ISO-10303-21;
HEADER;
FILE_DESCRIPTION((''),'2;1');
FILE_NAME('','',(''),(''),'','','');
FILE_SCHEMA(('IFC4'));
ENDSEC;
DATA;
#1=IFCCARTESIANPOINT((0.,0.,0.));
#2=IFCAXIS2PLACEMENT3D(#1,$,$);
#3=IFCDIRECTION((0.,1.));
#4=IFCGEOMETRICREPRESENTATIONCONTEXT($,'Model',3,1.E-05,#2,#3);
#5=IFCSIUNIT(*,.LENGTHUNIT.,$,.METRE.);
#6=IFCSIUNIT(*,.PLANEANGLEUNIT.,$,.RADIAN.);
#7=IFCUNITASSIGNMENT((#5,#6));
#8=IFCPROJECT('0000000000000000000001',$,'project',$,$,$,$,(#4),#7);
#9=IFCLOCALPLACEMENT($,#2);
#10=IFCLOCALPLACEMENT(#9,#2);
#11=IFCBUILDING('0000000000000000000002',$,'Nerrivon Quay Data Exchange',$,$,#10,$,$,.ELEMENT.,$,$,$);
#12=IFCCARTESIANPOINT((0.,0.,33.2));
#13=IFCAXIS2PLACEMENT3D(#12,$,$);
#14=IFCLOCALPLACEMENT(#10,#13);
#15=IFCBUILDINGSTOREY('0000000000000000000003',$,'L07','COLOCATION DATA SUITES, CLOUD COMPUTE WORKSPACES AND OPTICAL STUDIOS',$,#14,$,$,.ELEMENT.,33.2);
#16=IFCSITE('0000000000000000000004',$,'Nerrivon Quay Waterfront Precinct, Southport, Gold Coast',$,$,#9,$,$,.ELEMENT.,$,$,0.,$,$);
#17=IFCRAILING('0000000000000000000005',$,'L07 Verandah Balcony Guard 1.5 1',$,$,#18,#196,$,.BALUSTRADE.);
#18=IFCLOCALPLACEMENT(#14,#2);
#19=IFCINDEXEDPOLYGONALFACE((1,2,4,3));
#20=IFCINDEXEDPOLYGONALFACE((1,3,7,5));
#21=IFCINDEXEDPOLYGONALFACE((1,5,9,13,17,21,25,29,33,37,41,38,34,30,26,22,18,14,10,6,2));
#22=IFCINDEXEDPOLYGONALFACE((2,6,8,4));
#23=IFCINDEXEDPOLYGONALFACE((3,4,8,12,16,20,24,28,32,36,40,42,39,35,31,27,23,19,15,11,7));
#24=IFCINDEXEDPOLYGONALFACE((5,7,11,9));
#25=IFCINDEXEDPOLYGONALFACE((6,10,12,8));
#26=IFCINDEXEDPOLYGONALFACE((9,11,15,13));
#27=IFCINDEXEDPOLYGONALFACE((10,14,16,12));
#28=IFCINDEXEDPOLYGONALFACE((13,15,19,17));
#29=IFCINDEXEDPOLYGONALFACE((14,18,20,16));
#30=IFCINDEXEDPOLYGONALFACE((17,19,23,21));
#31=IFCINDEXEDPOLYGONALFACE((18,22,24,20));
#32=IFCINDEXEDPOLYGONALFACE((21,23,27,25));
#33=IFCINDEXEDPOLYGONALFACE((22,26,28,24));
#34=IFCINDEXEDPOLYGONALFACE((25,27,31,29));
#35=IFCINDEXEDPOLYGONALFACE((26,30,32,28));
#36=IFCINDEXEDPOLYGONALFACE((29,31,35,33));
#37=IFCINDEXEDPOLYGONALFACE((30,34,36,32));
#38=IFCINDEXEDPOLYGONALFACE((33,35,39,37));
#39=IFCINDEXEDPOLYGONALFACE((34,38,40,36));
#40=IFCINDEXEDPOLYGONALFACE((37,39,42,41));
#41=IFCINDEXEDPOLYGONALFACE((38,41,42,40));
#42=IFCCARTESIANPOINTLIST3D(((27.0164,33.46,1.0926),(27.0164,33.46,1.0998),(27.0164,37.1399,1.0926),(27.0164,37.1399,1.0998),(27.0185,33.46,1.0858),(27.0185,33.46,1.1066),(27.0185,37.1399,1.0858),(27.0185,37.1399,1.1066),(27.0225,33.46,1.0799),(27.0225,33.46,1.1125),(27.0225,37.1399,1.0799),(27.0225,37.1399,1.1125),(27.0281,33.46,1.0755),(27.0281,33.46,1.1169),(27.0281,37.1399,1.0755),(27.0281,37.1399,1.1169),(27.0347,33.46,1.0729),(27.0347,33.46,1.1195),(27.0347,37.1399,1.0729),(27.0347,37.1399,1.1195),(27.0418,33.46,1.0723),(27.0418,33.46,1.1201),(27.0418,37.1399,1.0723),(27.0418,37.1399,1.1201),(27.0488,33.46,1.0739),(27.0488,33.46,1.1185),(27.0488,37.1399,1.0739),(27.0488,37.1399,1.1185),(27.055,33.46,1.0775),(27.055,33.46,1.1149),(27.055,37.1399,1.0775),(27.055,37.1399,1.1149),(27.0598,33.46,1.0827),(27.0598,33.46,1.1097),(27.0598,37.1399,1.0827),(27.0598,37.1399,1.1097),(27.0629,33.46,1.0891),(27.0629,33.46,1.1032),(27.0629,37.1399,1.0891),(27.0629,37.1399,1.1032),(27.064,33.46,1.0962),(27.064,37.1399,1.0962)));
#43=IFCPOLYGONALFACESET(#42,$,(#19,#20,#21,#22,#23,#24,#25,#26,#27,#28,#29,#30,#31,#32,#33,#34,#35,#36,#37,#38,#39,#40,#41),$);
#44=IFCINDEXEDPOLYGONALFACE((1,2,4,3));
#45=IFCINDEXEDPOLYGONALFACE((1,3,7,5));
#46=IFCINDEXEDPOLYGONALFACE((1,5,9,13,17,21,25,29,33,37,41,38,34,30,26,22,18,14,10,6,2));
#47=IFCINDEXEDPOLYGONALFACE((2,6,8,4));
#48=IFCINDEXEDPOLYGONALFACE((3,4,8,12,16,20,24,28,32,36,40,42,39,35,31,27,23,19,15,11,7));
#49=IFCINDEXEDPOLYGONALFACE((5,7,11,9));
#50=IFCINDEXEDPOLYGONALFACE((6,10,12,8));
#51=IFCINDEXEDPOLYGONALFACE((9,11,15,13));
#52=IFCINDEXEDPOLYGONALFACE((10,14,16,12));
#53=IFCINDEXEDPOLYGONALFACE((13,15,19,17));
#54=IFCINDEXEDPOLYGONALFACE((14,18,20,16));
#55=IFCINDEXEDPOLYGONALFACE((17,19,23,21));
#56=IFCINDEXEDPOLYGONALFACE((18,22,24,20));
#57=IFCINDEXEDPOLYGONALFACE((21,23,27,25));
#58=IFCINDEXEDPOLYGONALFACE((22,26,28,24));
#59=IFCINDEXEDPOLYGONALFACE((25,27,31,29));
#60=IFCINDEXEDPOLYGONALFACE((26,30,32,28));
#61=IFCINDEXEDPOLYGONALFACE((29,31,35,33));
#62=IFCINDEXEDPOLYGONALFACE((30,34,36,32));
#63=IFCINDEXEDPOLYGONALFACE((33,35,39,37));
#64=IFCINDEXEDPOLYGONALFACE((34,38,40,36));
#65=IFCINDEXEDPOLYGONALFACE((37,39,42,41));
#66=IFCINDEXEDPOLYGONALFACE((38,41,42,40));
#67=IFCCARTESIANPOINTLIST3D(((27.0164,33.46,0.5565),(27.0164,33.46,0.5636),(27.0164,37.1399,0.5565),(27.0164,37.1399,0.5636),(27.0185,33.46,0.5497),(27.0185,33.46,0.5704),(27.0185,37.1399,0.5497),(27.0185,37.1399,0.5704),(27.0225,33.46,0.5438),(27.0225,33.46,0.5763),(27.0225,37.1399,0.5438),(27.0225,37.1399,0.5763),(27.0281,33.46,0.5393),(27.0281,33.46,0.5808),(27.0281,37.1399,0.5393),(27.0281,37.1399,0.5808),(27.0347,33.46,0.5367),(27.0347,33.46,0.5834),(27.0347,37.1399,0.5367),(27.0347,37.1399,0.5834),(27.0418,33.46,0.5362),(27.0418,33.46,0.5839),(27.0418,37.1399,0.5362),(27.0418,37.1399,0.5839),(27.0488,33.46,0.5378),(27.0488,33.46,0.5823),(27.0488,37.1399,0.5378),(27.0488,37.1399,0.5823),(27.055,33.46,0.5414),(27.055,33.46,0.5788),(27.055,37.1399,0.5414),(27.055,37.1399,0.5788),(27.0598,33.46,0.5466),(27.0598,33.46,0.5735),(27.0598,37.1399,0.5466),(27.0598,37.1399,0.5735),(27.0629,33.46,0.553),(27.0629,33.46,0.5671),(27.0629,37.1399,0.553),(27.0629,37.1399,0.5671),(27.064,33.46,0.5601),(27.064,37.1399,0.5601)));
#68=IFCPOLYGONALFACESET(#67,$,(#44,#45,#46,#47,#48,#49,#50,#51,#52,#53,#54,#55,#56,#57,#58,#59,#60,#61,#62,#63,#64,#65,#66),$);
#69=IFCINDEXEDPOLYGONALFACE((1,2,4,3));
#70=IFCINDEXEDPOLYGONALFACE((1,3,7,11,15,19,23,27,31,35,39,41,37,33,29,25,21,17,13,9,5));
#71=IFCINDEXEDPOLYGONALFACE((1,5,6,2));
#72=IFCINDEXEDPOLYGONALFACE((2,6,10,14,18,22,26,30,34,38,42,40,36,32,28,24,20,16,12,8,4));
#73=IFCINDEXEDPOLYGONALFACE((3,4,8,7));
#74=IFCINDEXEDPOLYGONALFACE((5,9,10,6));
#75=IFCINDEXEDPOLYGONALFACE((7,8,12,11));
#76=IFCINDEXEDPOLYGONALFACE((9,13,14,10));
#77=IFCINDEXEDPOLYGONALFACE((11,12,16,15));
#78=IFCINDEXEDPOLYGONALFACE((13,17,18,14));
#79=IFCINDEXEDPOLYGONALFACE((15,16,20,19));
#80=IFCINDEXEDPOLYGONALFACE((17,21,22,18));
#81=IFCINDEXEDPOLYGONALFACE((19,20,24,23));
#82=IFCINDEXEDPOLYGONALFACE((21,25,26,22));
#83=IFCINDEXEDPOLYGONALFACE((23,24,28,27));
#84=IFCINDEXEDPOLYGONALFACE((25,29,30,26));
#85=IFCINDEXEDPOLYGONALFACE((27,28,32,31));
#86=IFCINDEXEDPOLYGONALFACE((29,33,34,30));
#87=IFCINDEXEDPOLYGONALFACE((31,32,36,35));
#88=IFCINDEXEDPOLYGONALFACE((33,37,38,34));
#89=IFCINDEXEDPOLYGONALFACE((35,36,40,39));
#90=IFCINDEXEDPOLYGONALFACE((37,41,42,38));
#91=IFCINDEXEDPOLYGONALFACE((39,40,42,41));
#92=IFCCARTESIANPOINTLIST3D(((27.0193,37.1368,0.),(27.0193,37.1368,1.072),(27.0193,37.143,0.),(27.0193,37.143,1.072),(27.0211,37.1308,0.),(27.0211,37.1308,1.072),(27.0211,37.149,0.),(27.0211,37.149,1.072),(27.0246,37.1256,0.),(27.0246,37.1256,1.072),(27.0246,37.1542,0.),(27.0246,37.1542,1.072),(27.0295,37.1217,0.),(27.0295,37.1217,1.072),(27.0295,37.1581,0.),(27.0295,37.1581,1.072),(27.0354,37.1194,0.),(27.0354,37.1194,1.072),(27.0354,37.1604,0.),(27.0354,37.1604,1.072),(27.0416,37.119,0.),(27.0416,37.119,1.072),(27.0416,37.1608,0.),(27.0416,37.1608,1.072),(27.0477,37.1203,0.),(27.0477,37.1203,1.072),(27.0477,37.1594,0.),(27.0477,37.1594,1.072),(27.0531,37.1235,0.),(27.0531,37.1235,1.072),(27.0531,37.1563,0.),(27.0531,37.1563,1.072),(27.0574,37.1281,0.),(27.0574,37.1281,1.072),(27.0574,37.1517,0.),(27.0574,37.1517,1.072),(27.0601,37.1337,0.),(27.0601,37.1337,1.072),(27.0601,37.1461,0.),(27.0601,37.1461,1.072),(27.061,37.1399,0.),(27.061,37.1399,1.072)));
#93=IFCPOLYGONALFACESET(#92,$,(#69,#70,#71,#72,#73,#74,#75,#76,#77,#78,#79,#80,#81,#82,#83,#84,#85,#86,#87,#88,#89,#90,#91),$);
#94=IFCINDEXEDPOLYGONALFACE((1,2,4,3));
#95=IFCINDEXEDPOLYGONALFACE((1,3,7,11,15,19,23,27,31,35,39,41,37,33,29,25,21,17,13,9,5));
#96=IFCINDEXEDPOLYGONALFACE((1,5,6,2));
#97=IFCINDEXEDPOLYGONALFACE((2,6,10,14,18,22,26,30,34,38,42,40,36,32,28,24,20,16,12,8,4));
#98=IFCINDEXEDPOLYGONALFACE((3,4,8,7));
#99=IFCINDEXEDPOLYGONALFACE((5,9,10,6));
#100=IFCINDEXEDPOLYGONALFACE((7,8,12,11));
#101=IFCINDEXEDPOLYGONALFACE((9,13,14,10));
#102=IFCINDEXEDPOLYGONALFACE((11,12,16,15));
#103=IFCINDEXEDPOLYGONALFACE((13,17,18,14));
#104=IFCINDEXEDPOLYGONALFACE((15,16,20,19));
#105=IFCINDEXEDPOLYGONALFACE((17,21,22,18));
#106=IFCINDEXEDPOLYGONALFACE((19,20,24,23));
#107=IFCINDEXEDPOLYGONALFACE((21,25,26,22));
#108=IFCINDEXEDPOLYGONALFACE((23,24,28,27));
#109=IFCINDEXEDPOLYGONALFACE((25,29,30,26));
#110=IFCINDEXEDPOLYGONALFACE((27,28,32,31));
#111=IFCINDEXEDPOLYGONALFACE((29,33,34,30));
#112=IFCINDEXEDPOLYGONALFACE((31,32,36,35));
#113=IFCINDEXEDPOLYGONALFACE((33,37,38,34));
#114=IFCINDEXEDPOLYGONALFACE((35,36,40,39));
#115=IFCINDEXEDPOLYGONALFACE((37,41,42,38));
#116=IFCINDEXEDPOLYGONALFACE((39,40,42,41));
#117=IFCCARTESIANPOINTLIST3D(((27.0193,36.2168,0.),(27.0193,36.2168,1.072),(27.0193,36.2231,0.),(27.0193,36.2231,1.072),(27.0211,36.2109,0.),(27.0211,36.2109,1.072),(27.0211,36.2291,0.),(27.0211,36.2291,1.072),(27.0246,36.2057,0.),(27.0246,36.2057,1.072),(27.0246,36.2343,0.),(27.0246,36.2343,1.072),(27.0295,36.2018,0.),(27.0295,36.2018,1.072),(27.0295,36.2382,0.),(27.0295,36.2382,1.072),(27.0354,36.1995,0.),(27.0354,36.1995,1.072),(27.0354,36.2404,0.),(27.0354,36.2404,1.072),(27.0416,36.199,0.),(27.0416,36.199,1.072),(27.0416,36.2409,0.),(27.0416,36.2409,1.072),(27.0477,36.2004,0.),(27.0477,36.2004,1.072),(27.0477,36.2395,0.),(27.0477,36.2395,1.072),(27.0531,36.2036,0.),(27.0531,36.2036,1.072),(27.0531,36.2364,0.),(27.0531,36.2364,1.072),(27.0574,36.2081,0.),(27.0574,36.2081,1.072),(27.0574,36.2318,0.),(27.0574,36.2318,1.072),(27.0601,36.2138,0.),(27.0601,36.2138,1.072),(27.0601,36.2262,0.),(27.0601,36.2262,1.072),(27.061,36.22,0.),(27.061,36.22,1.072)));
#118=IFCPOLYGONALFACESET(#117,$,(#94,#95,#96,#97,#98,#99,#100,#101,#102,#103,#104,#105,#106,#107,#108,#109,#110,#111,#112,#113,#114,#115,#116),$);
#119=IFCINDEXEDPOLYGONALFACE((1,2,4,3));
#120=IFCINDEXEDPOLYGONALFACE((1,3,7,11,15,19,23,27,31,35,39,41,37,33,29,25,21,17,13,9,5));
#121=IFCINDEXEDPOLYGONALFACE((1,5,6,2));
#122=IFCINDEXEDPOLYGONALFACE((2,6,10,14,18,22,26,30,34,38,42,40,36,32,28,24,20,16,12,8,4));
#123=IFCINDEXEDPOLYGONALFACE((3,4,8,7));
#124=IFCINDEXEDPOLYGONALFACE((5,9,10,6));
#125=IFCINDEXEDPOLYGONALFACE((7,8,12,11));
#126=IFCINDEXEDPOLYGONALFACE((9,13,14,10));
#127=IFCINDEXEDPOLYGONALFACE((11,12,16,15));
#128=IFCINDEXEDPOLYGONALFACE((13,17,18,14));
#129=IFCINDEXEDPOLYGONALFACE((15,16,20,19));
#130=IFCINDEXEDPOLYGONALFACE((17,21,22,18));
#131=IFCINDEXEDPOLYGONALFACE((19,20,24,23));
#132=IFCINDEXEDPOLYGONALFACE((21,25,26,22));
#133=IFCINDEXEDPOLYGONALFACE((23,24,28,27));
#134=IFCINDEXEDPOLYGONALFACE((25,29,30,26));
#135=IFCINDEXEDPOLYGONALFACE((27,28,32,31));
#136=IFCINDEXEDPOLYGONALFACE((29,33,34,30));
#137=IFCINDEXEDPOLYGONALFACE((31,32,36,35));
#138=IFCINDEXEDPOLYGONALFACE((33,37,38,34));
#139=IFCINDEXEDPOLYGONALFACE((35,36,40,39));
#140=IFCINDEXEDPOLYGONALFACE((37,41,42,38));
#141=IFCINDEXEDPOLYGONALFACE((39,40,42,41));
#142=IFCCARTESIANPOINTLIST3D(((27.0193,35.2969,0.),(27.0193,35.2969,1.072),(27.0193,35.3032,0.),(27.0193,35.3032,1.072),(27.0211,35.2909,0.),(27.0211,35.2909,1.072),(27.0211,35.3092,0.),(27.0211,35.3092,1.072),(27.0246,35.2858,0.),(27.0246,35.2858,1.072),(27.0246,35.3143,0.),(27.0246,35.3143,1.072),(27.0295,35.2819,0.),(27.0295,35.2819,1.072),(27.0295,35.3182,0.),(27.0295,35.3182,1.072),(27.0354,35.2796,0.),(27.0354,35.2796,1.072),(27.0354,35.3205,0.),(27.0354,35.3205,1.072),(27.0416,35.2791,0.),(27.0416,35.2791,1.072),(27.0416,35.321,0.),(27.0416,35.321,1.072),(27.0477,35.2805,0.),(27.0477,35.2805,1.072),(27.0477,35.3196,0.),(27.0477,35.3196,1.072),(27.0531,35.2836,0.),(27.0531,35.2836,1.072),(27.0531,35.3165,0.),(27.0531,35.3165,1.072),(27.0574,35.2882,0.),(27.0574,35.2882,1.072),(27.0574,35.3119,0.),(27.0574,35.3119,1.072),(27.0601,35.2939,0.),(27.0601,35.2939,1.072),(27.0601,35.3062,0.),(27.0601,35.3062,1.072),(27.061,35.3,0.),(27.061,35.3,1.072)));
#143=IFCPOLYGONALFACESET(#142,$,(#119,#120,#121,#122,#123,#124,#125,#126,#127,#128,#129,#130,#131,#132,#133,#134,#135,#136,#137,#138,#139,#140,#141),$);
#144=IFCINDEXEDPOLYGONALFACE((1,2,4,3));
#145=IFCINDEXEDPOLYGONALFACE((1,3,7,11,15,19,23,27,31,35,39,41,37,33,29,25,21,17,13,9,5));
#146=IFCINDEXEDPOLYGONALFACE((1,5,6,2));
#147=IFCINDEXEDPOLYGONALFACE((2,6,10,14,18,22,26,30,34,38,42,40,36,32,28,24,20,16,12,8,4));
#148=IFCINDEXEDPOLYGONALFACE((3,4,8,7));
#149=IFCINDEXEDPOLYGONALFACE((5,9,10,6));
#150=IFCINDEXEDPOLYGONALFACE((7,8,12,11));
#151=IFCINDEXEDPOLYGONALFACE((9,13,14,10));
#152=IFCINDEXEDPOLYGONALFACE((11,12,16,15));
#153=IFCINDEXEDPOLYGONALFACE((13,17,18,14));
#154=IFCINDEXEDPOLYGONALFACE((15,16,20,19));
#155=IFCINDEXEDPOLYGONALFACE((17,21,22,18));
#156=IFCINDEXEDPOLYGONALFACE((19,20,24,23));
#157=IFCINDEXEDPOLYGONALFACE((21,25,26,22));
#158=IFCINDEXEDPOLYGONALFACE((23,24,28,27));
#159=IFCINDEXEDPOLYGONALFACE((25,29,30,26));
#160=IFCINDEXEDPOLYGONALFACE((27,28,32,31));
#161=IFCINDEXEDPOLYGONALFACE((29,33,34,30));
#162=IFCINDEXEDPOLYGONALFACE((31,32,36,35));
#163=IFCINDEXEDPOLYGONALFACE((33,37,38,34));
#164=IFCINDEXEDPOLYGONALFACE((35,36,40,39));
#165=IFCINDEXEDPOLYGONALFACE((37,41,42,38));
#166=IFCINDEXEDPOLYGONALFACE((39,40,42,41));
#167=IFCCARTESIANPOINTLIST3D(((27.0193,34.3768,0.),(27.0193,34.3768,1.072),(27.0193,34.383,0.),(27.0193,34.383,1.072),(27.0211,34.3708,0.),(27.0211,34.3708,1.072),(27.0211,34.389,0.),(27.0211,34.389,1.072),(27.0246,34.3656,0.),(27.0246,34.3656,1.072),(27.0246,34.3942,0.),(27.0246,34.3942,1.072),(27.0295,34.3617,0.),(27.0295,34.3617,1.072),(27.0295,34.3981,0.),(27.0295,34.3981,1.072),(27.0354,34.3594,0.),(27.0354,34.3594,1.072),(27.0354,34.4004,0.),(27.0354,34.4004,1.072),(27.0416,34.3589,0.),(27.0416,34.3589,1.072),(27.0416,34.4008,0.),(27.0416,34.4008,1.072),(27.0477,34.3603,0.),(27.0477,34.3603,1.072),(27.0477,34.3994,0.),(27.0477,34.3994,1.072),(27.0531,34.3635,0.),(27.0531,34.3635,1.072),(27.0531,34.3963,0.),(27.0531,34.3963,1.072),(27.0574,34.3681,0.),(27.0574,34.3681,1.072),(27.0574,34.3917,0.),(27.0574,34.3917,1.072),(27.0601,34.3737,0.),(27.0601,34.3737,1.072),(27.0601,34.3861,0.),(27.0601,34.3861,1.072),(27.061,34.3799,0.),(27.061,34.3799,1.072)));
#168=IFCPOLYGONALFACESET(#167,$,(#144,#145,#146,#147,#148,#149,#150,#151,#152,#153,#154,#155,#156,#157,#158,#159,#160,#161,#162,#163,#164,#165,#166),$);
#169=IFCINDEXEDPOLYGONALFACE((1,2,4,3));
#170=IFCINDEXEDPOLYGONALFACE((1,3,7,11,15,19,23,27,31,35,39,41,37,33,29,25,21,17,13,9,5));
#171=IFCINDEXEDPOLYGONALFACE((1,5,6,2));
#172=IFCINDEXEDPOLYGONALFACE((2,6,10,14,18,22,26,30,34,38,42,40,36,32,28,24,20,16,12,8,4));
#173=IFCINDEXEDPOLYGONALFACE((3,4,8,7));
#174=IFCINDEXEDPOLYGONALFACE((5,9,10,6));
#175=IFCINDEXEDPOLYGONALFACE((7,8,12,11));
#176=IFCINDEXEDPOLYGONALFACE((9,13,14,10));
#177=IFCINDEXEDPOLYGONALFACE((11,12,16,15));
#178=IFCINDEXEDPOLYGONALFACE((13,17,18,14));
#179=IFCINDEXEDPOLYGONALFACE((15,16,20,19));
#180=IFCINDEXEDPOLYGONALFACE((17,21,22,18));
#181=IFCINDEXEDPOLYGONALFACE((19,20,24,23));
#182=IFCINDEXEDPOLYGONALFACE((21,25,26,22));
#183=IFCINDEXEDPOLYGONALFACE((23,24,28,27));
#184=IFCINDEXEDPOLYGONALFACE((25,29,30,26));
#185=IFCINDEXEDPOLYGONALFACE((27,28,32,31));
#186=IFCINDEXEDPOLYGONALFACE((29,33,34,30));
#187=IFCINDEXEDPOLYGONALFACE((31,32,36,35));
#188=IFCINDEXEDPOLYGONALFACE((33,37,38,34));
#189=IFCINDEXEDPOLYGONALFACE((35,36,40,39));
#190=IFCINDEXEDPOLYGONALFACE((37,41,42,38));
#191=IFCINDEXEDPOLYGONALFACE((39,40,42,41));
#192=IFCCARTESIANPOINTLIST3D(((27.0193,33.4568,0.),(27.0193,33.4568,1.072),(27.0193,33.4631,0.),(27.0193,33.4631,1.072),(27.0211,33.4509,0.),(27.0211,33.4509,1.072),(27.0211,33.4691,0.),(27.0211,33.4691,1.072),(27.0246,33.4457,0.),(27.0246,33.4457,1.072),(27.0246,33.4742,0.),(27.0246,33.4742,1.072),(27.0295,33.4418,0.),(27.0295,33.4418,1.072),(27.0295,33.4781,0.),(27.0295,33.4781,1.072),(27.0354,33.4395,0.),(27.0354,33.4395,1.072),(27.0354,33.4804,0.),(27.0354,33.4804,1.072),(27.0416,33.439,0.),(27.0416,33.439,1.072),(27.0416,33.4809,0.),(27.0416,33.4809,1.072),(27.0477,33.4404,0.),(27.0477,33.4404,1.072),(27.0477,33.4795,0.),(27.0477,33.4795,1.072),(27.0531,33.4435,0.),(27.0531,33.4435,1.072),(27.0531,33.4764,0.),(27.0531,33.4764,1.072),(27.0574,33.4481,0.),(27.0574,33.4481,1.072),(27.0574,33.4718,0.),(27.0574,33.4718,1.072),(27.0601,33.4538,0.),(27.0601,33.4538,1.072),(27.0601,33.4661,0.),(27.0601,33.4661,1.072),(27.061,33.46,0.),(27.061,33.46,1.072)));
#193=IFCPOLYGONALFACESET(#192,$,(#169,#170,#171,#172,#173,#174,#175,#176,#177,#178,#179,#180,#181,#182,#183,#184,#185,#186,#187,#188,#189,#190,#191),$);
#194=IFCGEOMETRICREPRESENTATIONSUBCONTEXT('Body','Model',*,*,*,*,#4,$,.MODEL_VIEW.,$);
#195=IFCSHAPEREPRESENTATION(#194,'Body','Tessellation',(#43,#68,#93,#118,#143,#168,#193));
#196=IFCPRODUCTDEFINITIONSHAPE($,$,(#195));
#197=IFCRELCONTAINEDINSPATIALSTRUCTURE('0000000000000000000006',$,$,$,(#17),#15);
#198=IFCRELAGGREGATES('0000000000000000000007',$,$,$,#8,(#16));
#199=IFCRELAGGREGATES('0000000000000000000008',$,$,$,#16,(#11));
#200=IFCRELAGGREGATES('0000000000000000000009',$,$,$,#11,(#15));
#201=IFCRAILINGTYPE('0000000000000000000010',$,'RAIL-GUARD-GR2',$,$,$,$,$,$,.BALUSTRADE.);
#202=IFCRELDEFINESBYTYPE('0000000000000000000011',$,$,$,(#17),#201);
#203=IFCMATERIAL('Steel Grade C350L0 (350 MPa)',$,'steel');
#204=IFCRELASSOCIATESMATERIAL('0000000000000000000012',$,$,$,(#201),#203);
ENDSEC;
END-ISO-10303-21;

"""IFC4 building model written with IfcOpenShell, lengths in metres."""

from ifc_helpers import new_model, si_unit, direction, frame, origin, origin_2d, place, context, subcontext, project, spatial, circle, extrude, material, type_object, element, save


model = new_model("IFC4")

# Units and contexts
model_context = context("Model", 3, precision=1e-05, world=origin(), true_north=direction((0.0, 1.0)))
body_context = subcontext(model_context, "Body", "Model", "MODEL_VIEW")
ifc_project = project(units=[si_unit("LENGTHUNIT", "METRE"), si_unit("PLANEANGLEUNIT", "RADIAN")], contexts=[model_context])

# Site, building, storey
site_placement = place(None, origin())
site = spatial("IfcSite", under=ifc_project, at=site_placement, Name="Nerrivon Quay Waterfront Precinct, Southport, Gold Coast", CompositionType="ELEMENT", RefElevation=0.0)
building_placement = place(site_placement, origin())
building = spatial("IfcBuilding", under=site, at=building_placement, Name="Nerrivon Quay Data Exchange", CompositionType="ELEMENT")
storey_placement = place(building_placement, frame((0.0, 0.0, 33.2)))
storey = spatial("IfcBuildingStorey", under=building, at=storey_placement, Name="L07", Description="COLOCATION DATA SUITES, CLOUD COMPUTE WORKSPACES AND OPTICAL STUDIOS", CompositionType="ELEMENT", Elevation=33.2)

# Railing
ifc_material_1 = material(Name="Steel Grade C350L0 (350 MPa)", Category="steel")
railing_type = type_object("IfcRailingType", Name="RAIL-GUARD-GR2", PredefinedType="BALUSTRADE", material=ifc_material_1)
railing_1_placement = place(storey_placement, frame((27.04, 37.1399, 0.0)))
element("IfcRailing", 1, at=railing_1_placement, inside=storey, type_object=railing_type, Name="L07 Verandah Balcony Guard 1.5 1", PredefinedType="BALUSTRADE", context=body_context, shape_type="SweptSolid", body=[
    extrude(circle(Radius=0.0239, at=origin_2d()), frame((0.0, 0.0, 1.0962), z_axis=(0.0, -1.0, 0.0), x_axis=(1.0, 0.0, 0.0)), (0.0, 0.0, 1.0), 3.6799),
    extrude(circle(Radius=0.0239, at=origin_2d()), frame((0.0, 0.0, 0.5601), z_axis=(0.0, -1.0, 0.0), x_axis=(1.0, 0.0, 0.0)), (0.0, 0.0, 1.0), 3.6799),
    extrude(circle(Radius=0.021, at=origin_2d()), origin(), (0.0, 0.0, 1.0), 1.072),
    extrude(circle(Radius=0.021, at=origin_2d()), frame((0.0, -0.9199, 0.0)), (0.0, 0.0, 1.0), 1.072),
    extrude(circle(Radius=0.021, at=origin_2d()), frame((0.0, -1.8398, 0.0)), (0.0, 0.0, 1.0), 1.072),
    extrude(circle(Radius=0.021, at=origin_2d()), frame((0.0, -2.76, 0.0)), (0.0, 0.0, 1.0), 1.072),
    extrude(circle(Radius=0.021, at=origin_2d()), frame((0.0, -3.6799, 0.0)), (0.0, 0.0, 1.0), 1.072),
])

save(model, "model.ifc")
